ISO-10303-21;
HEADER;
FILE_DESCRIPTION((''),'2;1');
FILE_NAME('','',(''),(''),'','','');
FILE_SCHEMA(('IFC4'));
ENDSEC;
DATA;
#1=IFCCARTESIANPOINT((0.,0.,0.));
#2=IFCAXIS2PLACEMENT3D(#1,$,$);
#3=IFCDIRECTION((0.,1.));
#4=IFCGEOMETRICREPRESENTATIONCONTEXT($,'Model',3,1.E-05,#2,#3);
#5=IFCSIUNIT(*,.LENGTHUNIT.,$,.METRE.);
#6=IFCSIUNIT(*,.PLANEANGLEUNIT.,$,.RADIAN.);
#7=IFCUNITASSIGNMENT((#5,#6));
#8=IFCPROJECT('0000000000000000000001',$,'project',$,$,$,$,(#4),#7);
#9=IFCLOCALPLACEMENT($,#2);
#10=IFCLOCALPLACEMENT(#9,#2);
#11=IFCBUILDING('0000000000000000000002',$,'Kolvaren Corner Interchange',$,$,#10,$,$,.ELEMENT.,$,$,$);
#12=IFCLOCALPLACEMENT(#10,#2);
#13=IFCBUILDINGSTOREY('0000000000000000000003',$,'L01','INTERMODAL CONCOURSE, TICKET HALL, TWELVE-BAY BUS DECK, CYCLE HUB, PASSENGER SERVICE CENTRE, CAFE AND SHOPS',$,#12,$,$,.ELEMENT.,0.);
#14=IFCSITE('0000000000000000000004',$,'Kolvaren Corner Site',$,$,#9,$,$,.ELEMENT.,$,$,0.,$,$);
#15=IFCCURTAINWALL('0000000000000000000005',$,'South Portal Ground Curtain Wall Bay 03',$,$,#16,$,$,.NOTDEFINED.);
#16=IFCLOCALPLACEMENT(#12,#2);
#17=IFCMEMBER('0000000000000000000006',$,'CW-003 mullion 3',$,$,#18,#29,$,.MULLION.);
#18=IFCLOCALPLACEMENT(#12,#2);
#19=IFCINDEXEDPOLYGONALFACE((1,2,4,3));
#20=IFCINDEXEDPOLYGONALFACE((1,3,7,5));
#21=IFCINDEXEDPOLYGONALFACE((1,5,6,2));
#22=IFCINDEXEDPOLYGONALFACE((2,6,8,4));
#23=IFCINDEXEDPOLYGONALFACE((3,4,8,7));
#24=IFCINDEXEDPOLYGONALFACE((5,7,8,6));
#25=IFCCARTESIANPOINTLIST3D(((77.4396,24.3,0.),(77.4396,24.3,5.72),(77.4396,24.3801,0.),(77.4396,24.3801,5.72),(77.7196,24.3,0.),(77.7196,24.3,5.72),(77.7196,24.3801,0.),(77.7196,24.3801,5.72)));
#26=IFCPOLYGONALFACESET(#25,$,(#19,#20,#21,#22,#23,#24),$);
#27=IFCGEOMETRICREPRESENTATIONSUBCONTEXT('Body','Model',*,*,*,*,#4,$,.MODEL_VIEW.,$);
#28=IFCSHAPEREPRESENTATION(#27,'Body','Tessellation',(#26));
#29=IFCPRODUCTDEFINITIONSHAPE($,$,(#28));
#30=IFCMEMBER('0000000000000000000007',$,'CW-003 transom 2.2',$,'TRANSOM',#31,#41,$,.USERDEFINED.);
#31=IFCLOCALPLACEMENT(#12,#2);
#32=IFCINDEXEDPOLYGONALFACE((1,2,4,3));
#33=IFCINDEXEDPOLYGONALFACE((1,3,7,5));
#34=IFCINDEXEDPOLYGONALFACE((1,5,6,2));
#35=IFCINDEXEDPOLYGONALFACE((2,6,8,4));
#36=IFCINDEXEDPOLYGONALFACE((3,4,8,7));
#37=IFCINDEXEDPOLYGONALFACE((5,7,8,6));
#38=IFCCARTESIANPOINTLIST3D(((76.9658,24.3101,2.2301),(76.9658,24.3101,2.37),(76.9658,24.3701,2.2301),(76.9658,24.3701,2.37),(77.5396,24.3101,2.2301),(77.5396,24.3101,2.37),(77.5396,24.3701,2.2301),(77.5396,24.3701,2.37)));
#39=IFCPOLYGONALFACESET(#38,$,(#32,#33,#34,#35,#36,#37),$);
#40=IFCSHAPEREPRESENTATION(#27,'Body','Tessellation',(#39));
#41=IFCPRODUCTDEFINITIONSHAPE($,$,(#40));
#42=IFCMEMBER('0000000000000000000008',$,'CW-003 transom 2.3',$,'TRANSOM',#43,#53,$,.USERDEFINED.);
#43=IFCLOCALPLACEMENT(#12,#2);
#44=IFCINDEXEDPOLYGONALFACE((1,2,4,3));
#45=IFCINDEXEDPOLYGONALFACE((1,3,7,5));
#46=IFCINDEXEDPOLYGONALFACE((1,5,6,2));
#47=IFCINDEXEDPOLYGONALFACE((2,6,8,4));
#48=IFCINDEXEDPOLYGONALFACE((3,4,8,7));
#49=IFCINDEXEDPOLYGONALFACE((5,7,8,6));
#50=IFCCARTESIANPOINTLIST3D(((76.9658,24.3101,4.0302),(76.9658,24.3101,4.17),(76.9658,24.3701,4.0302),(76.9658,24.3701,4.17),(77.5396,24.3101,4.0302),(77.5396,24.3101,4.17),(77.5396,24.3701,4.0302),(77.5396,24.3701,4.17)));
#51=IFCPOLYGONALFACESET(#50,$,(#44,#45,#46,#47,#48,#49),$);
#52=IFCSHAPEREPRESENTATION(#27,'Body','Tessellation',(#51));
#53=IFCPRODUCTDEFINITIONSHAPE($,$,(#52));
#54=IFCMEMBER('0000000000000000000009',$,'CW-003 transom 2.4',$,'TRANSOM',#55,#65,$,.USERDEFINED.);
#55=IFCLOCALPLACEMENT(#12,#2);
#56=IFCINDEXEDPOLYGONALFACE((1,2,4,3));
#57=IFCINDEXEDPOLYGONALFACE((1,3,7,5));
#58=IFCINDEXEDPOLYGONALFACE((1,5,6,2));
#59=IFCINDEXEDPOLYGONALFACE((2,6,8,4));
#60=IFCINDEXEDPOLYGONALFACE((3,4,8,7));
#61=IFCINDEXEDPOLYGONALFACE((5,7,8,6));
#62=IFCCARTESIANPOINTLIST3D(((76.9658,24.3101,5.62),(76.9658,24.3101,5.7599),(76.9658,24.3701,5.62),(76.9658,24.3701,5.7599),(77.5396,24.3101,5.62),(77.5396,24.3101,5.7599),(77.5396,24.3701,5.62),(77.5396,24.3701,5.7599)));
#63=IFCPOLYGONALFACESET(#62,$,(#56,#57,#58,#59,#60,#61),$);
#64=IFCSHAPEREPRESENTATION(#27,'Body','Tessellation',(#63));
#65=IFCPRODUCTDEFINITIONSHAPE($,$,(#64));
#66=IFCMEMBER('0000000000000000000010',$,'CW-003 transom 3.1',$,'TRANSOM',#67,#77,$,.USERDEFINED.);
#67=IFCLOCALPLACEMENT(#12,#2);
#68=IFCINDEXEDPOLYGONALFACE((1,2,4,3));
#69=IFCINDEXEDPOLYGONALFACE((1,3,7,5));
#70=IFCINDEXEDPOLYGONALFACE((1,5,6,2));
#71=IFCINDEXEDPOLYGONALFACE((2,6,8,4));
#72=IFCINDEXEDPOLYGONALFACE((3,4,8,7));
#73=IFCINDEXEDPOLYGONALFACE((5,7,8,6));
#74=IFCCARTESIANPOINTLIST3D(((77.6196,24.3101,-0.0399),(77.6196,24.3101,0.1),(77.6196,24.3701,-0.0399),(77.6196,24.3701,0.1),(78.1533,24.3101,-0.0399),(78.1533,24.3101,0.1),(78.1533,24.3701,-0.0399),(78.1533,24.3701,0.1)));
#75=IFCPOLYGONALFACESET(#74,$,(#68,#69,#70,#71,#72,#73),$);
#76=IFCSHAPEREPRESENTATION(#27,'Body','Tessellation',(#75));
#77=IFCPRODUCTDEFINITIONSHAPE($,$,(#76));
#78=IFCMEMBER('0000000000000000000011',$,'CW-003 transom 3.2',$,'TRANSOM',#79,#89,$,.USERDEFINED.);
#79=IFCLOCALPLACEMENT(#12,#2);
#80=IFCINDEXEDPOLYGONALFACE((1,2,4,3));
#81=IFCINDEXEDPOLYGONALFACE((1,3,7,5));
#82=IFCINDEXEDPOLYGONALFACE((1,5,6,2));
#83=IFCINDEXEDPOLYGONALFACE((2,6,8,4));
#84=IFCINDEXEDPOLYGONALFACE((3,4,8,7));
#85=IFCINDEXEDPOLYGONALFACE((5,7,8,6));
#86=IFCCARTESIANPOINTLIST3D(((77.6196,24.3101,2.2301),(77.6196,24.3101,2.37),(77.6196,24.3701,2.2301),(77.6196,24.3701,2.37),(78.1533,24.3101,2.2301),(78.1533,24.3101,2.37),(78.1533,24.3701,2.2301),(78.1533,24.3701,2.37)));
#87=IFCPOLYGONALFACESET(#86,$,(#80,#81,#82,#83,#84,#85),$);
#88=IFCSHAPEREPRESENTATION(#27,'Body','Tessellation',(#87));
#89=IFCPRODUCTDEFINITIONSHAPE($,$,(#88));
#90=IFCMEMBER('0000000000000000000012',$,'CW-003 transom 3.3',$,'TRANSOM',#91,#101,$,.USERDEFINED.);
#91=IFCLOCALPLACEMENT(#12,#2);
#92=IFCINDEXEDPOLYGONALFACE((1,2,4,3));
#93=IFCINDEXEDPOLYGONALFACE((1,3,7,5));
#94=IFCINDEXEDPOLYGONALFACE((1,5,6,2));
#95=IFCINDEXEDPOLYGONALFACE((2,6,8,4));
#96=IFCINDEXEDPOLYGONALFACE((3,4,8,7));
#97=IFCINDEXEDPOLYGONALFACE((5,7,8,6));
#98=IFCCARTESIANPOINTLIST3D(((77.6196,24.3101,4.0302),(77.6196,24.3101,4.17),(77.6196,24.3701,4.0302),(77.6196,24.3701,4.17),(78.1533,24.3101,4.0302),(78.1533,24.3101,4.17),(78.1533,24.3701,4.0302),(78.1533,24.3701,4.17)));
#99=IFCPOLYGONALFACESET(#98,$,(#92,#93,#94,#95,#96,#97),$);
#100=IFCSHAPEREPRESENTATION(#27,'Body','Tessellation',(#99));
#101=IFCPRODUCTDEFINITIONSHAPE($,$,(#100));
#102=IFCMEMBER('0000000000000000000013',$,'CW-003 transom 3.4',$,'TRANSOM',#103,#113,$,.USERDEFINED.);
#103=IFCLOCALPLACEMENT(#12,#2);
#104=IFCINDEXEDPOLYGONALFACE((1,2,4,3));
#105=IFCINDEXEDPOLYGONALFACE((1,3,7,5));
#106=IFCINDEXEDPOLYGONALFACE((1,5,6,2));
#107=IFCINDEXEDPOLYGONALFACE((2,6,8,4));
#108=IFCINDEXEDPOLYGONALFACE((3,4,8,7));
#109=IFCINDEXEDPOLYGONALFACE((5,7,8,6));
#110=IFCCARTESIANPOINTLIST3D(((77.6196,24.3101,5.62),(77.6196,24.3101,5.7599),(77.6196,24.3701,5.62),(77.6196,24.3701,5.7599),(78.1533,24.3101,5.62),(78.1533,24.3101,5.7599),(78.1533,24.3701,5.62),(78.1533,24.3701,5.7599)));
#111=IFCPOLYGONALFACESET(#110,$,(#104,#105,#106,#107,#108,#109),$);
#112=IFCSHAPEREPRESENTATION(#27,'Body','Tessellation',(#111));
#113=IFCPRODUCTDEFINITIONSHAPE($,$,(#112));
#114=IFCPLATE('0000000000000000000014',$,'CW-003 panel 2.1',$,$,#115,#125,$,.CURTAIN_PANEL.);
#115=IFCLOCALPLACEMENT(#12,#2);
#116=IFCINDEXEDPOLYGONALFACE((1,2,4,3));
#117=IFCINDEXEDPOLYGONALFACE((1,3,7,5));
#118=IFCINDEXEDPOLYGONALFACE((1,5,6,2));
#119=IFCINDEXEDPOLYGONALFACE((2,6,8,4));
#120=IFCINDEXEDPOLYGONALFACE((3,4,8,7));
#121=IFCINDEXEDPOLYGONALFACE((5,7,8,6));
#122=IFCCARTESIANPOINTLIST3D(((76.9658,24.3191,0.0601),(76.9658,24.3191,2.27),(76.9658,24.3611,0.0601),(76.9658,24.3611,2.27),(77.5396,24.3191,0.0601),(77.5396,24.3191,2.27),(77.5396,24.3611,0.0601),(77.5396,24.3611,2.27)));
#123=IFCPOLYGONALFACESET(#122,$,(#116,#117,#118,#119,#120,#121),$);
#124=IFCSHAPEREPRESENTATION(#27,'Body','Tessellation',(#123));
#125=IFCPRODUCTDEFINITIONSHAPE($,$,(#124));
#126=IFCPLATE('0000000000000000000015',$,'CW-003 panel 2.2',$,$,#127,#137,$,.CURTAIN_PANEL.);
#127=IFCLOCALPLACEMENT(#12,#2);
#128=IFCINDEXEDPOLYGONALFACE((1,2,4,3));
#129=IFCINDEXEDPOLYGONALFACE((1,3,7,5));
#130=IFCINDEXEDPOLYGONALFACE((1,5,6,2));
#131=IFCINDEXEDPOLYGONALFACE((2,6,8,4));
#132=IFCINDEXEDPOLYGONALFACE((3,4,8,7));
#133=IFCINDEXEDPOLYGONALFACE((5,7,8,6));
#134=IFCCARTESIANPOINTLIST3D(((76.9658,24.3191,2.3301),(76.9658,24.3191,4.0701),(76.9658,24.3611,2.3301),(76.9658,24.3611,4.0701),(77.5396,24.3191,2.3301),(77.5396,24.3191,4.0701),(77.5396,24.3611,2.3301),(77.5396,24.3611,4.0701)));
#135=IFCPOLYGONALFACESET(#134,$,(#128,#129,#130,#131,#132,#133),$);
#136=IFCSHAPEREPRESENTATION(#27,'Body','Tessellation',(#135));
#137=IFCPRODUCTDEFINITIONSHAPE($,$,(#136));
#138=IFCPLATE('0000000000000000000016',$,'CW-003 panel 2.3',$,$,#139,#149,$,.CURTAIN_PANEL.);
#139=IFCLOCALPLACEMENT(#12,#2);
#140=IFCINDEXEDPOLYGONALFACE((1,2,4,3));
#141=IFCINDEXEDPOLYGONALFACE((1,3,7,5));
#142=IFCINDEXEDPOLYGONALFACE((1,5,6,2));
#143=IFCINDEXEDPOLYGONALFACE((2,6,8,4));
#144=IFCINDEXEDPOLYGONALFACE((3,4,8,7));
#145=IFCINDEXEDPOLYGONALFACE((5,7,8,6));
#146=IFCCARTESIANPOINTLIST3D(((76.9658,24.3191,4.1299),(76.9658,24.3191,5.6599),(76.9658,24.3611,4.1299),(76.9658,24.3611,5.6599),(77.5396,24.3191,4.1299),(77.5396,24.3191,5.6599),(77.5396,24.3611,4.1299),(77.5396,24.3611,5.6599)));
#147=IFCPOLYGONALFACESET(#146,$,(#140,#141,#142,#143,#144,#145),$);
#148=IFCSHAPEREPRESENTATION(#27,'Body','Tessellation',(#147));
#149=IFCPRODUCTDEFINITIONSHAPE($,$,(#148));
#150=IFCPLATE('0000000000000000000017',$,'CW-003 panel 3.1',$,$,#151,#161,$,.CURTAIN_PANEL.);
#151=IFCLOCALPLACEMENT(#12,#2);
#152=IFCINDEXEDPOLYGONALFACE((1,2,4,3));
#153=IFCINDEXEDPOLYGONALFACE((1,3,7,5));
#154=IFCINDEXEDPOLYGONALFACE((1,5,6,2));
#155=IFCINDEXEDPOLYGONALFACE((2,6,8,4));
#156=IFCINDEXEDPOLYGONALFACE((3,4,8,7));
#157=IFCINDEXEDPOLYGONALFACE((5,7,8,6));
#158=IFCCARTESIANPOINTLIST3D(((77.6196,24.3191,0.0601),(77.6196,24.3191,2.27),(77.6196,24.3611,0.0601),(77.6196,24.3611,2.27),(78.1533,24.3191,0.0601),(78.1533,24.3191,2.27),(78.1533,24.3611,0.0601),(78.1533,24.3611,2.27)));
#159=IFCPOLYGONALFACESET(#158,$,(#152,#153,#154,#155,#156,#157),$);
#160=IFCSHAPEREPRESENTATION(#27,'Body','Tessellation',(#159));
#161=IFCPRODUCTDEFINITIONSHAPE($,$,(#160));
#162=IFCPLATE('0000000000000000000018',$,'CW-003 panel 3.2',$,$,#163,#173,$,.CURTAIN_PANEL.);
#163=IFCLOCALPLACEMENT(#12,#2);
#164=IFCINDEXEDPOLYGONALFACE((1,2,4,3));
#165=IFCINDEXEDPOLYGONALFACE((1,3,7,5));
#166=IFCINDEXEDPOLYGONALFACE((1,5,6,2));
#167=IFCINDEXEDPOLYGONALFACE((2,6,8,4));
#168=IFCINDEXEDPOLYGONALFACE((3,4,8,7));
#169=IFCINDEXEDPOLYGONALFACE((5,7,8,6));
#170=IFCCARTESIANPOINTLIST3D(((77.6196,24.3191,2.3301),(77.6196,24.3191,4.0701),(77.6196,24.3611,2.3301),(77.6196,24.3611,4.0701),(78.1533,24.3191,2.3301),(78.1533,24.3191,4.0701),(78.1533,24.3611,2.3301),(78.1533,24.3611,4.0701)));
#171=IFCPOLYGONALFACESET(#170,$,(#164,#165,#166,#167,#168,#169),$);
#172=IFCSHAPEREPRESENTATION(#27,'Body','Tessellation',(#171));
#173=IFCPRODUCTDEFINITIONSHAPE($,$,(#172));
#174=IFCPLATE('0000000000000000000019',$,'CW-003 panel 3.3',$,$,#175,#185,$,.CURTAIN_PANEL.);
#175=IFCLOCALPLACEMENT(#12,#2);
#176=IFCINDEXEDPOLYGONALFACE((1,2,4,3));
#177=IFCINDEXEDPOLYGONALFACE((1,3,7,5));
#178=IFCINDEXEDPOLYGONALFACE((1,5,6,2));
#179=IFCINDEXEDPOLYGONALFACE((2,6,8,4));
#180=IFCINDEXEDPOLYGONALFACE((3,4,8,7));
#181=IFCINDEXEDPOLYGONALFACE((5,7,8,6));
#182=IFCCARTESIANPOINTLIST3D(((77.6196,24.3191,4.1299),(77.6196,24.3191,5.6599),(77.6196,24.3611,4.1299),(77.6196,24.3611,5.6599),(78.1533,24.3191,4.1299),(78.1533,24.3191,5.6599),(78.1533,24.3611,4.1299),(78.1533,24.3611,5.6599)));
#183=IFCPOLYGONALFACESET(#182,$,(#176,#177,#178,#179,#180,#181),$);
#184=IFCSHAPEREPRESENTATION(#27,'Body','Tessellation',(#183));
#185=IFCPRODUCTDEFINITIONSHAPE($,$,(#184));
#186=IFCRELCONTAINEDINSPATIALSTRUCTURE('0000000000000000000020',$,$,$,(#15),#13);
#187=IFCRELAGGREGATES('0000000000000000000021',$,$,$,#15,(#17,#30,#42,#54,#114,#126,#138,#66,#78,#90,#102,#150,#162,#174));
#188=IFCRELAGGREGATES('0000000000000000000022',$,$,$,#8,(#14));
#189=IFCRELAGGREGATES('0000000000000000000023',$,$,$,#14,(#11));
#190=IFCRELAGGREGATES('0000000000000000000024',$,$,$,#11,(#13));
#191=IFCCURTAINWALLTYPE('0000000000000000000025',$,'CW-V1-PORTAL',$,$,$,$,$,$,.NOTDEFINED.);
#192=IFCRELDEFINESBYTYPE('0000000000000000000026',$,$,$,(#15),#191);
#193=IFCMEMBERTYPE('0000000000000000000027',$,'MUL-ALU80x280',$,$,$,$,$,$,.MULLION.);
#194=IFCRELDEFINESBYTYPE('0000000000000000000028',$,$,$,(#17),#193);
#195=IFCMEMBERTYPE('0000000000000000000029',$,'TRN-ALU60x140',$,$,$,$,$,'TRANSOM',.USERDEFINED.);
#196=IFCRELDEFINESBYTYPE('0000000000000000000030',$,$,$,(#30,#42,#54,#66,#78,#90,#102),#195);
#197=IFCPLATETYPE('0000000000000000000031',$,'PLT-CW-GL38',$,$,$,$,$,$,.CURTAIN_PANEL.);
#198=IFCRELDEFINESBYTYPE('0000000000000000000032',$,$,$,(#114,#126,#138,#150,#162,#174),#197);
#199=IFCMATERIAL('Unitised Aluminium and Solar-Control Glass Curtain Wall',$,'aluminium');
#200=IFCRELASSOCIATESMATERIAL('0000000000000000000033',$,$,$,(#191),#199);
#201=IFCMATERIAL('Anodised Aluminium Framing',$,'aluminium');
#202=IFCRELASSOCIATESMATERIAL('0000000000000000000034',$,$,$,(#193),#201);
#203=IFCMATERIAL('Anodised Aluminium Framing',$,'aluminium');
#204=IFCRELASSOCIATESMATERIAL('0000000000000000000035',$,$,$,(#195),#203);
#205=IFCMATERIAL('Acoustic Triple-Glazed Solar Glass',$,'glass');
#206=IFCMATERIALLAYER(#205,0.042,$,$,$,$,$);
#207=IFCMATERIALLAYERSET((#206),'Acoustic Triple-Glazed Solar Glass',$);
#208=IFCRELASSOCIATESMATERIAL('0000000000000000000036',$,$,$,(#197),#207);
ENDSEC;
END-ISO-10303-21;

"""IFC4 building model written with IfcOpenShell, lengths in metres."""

from ifc_helpers import new_model, si_unit, direction, frame, origin, origin_2d, place, context, subcontext, project, spatial, rectangle, extrude, material, layer, layer_set, material_profile, profile_set, type_object, element, aggregate, save


model = new_model("IFC4")

# Units and contexts
model_context = context("Model", 3, precision=1e-05, world=origin(), true_north=direction((0.0, 1.0)))
body_context = subcontext(model_context, "Body", "Model", "MODEL_VIEW")
ifc_project = project(units=[si_unit("LENGTHUNIT", "METRE"), si_unit("PLANEANGLEUNIT", "RADIAN")], contexts=[model_context])

# Site, building, storey
site_placement = place(None, origin())
site = spatial("IfcSite", under=ifc_project, at=site_placement, Name="Kolvaren Corner Site", CompositionType="ELEMENT", RefElevation=0.0)
building_placement = place(site_placement, origin())
building = spatial("IfcBuilding", under=site, at=building_placement, Name="Kolvaren Corner Interchange", CompositionType="ELEMENT")
storey_placement = place(building_placement, origin())
storey = spatial("IfcBuildingStorey", under=building, at=storey_placement, Name="L01", Description="INTERMODAL CONCOURSE, TICKET HALL, TWELVE-BAY BUS DECK, CYCLE HUB, PASSENGER SERVICE CENTRE, CAFE AND SHOPS", CompositionType="ELEMENT", Elevation=0.0)

# Curtain wall, members, plates
ifc_material_1 = material(Name="Unitised Aluminium and Solar-Control Glass Curtain Wall", Category="aluminium")
curtain_wall_type = type_object("IfcCurtainWallType", Name="CW-V1-PORTAL", PredefinedType="NOTDEFINED", material=ifc_material_1)
curtain_wall_placement = place(storey_placement, origin())
curtain_wall = element("IfcCurtainWall", 1, at=curtain_wall_placement, inside=storey, type_object=curtain_wall_type, Name="South Portal Ground Curtain Wall Bay 03", PredefinedType="NOTDEFINED")
ifc_material_2 = material(Name="Anodised Aluminium Framing", Category="aluminium")
ifc_material_profile_1 = material_profile(ifc_material_2, rectangle(XDim=0.0801, YDim=0.28, at=origin_2d()), Name="ALU 80x280")
ifc_profile_set_1 = profile_set([ifc_material_profile_1], Name="Anodised Aluminium Framing")
member_type_1 = type_object("IfcMemberType", Name="MUL-ALU80x280", PredefinedType="MULLION", material=ifc_profile_set_1)
member_1_placement = place(storey_placement, frame((77.5796, 24.3401, 0.0), z_axis=(0.0, 0.0, 1.0), x_axis=(0.0, 1.0, 0.0)))
member_1 = element("IfcMember", 2, at=member_1_placement, type_object=member_type_1, Name="CW-003 mullion 3", PredefinedType="MULLION", context=body_context, shape_type="SweptSolid", body=[
    extrude(rectangle(XDim=0.0801, YDim=0.28, at=origin_2d()), origin(), (0.0, 0.0, 1.0), 5.72),
])
ifc_material_3 = material(Name="Anodised Aluminium Framing", Category="aluminium")
ifc_material_profile_2 = material_profile(ifc_material_3, rectangle(XDim=0.0601, YDim=0.1399, at=origin_2d()), Name="ALU 60x140")
ifc_profile_set_2 = profile_set([ifc_material_profile_2], Name="Anodised Aluminium Framing")
member_type_2 = type_object("IfcMemberType", Name="TRN-ALU60x140", ElementType="TRANSOM", PredefinedType="USERDEFINED", material=ifc_profile_set_2)
member_2_placement = place(storey_placement, frame((76.9658, 24.3401, 2.3), z_axis=(1.0, 0.0, 0.0), x_axis=(0.0, 1.0, 0.0)))
member_2 = element("IfcMember", 3, at=member_2_placement, type_object=member_type_2, Name="CW-003 transom 2.2", ObjectType="TRANSOM", PredefinedType="USERDEFINED", context=body_context, shape_type="SweptSolid", body=[
    extrude(rectangle(XDim=0.0601, YDim=0.1399, at=origin_2d()), origin(), (0.0, 0.0, 1.0), 0.5737),
])
member_3_placement = place(storey_placement, frame((76.9658, 24.3401, 4.1001), z_axis=(1.0, 0.0, 0.0), x_axis=(0.0, 1.0, 0.0)))
member_3 = element("IfcMember", 4, at=member_3_placement, type_object=member_type_2, Name="CW-003 transom 2.3", ObjectType="TRANSOM", PredefinedType="USERDEFINED", context=body_context, shape_type="SweptSolid", body=[
    extrude(rectangle(XDim=0.0601, YDim=0.1399, at=origin_2d()), origin(), (0.0, 0.0, 1.0), 0.5737),
])
member_4_placement = place(storey_placement, frame((76.9658, 24.3401, 5.6899), z_axis=(1.0, 0.0, 0.0), x_axis=(0.0, 1.0, 0.0)))
member_4 = element("IfcMember", 5, at=member_4_placement, type_object=member_type_2, Name="CW-003 transom 2.4", ObjectType="TRANSOM", PredefinedType="USERDEFINED", context=body_context, shape_type="SweptSolid", body=[
    extrude(rectangle(XDim=0.0601, YDim=0.1399, at=origin_2d()), origin(), (0.0, 0.0, 1.0), 0.5737),
])
member_5_placement = place(storey_placement, frame((77.6196, 24.3401, 0.03), z_axis=(1.0, 0.0, 0.0), x_axis=(0.0, 1.0, 0.0)))
member_5 = element("IfcMember", 6, at=member_5_placement, type_object=member_type_2, Name="CW-003 transom 3.1", ObjectType="TRANSOM", PredefinedType="USERDEFINED", context=body_context, shape_type="SweptSolid", body=[
    extrude(rectangle(XDim=0.0601, YDim=0.1399, at=origin_2d()), origin(), (0.0, 0.0, 1.0), 0.5337),
])
member_6_placement = place(storey_placement, frame((77.6196, 24.3401, 2.3), z_axis=(1.0, 0.0, 0.0), x_axis=(0.0, 1.0, 0.0)))
member_6 = element("IfcMember", 7, at=member_6_placement, type_object=member_type_2, Name="CW-003 transom 3.2", ObjectType="TRANSOM", PredefinedType="USERDEFINED", context=body_context, shape_type="SweptSolid", body=[
    extrude(rectangle(XDim=0.0601, YDim=0.1399, at=origin_2d()), origin(), (0.0, 0.0, 1.0), 0.5337),
])
member_7_placement = place(storey_placement, frame((77.6196, 24.3401, 4.1001), z_axis=(1.0, 0.0, 0.0), x_axis=(0.0, 1.0, 0.0)))
member_7 = element("IfcMember", 8, at=member_7_placement, type_object=member_type_2, Name="CW-003 transom 3.3", ObjectType="TRANSOM", PredefinedType="USERDEFINED", context=body_context, shape_type="SweptSolid", body=[
    extrude(rectangle(XDim=0.0601, YDim=0.1399, at=origin_2d()), origin(), (0.0, 0.0, 1.0), 0.5337),
])
member_8_placement = place(storey_placement, frame((77.6196, 24.3401, 5.6899), z_axis=(1.0, 0.0, 0.0), x_axis=(0.0, 1.0, 0.0)))
member_8 = element("IfcMember", 9, at=member_8_placement, type_object=member_type_2, Name="CW-003 transom 3.4", ObjectType="TRANSOM", PredefinedType="USERDEFINED", context=body_context, shape_type="SweptSolid", body=[
    extrude(rectangle(XDim=0.0601, YDim=0.1399, at=origin_2d()), origin(), (0.0, 0.0, 1.0), 0.5337),
])
ifc_material_4 = material(Name="Acoustic Triple-Glazed Solar Glass", Category="glass")
ifc_layer = layer(ifc_material_4, 0.042)
ifc_layer_set = layer_set([ifc_layer], Name="Acoustic Triple-Glazed Solar Glass")
plate_type = type_object("IfcPlateType", Name="PLT-CW-GL38", PredefinedType="CURTAIN_PANEL", material=ifc_layer_set)
plate_1_placement = place(storey_placement, frame((77.2527, 24.3401, 0.0601), z_axis=(0.0, 0.0, 1.0), x_axis=(1.0, 0.0, 0.0)))
plate_1 = element("IfcPlate", 10, at=plate_1_placement, type_object=plate_type, Name="CW-003 panel 2.1", PredefinedType="CURTAIN_PANEL", context=body_context, shape_type="SweptSolid", body=[
    extrude(rectangle(XDim=0.5737, YDim=0.042, at=origin_2d()), origin(), (0.0, 0.0, 1.0), 2.21),
])
plate_2_placement = place(storey_placement, frame((77.2527, 24.3401, 2.3301), z_axis=(0.0, 0.0, 1.0), x_axis=(1.0, 0.0, 0.0)))
plate_2 = element("IfcPlate", 11, at=plate_2_placement, type_object=plate_type, Name="CW-003 panel 2.2", PredefinedType="CURTAIN_PANEL", context=body_context, shape_type="SweptSolid", body=[
    extrude(rectangle(XDim=0.5737, YDim=0.042, at=origin_2d()), origin(), (0.0, 0.0, 1.0), 1.74),
])
plate_3_placement = place(storey_placement, frame((77.2527, 24.3401, 4.1299), z_axis=(0.0, 0.0, 1.0), x_axis=(1.0, 0.0, 0.0)))
plate_3 = element("IfcPlate", 12, at=plate_3_placement, type_object=plate_type, Name="CW-003 panel 2.3", PredefinedType="CURTAIN_PANEL", context=body_context, shape_type="SweptSolid", body=[
    extrude(rectangle(XDim=0.5737, YDim=0.042, at=origin_2d()), origin(), (0.0, 0.0, 1.0), 1.53),
])
plate_4_placement = place(storey_placement, frame((77.8865, 24.3401, 0.0601), z_axis=(0.0, 0.0, 1.0), x_axis=(1.0, 0.0, 0.0)))
plate_4 = element("IfcPlate", 13, at=plate_4_placement, type_object=plate_type, Name="CW-003 panel 3.1", PredefinedType="CURTAIN_PANEL", context=body_context, shape_type="SweptSolid", body=[
    extrude(rectangle(XDim=0.5337, YDim=0.042, at=origin_2d()), origin(), (0.0, 0.0, 1.0), 2.21),
])
plate_5_placement = place(storey_placement, frame((77.8865, 24.3401, 2.3301), z_axis=(0.0, 0.0, 1.0), x_axis=(1.0, 0.0, 0.0)))
plate_5 = element("IfcPlate", 14, at=plate_5_placement, type_object=plate_type, Name="CW-003 panel 3.2", PredefinedType="CURTAIN_PANEL", context=body_context, shape_type="SweptSolid", body=[
    extrude(rectangle(XDim=0.5337, YDim=0.042, at=origin_2d()), origin(), (0.0, 0.0, 1.0), 1.74),
])
plate_6_placement = place(storey_placement, frame((77.8865, 24.3401, 4.1299), z_axis=(0.0, 0.0, 1.0), x_axis=(1.0, 0.0, 0.0)))
plate_6 = element("IfcPlate", 15, at=plate_6_placement, type_object=plate_type, Name="CW-003 panel 3.3", PredefinedType="CURTAIN_PANEL", context=body_context, shape_type="SweptSolid", body=[
    extrude(rectangle(XDim=0.5337, YDim=0.042, at=origin_2d()), origin(), (0.0, 0.0, 1.0), 1.53),
])
aggregate(curtain_wall, [member_1, member_2, member_3, member_4, plate_1, plate_2, plate_3, member_5, member_6, member_7, member_8, plate_4, plate_5, plate_6])

save(model, "model.ifc")
